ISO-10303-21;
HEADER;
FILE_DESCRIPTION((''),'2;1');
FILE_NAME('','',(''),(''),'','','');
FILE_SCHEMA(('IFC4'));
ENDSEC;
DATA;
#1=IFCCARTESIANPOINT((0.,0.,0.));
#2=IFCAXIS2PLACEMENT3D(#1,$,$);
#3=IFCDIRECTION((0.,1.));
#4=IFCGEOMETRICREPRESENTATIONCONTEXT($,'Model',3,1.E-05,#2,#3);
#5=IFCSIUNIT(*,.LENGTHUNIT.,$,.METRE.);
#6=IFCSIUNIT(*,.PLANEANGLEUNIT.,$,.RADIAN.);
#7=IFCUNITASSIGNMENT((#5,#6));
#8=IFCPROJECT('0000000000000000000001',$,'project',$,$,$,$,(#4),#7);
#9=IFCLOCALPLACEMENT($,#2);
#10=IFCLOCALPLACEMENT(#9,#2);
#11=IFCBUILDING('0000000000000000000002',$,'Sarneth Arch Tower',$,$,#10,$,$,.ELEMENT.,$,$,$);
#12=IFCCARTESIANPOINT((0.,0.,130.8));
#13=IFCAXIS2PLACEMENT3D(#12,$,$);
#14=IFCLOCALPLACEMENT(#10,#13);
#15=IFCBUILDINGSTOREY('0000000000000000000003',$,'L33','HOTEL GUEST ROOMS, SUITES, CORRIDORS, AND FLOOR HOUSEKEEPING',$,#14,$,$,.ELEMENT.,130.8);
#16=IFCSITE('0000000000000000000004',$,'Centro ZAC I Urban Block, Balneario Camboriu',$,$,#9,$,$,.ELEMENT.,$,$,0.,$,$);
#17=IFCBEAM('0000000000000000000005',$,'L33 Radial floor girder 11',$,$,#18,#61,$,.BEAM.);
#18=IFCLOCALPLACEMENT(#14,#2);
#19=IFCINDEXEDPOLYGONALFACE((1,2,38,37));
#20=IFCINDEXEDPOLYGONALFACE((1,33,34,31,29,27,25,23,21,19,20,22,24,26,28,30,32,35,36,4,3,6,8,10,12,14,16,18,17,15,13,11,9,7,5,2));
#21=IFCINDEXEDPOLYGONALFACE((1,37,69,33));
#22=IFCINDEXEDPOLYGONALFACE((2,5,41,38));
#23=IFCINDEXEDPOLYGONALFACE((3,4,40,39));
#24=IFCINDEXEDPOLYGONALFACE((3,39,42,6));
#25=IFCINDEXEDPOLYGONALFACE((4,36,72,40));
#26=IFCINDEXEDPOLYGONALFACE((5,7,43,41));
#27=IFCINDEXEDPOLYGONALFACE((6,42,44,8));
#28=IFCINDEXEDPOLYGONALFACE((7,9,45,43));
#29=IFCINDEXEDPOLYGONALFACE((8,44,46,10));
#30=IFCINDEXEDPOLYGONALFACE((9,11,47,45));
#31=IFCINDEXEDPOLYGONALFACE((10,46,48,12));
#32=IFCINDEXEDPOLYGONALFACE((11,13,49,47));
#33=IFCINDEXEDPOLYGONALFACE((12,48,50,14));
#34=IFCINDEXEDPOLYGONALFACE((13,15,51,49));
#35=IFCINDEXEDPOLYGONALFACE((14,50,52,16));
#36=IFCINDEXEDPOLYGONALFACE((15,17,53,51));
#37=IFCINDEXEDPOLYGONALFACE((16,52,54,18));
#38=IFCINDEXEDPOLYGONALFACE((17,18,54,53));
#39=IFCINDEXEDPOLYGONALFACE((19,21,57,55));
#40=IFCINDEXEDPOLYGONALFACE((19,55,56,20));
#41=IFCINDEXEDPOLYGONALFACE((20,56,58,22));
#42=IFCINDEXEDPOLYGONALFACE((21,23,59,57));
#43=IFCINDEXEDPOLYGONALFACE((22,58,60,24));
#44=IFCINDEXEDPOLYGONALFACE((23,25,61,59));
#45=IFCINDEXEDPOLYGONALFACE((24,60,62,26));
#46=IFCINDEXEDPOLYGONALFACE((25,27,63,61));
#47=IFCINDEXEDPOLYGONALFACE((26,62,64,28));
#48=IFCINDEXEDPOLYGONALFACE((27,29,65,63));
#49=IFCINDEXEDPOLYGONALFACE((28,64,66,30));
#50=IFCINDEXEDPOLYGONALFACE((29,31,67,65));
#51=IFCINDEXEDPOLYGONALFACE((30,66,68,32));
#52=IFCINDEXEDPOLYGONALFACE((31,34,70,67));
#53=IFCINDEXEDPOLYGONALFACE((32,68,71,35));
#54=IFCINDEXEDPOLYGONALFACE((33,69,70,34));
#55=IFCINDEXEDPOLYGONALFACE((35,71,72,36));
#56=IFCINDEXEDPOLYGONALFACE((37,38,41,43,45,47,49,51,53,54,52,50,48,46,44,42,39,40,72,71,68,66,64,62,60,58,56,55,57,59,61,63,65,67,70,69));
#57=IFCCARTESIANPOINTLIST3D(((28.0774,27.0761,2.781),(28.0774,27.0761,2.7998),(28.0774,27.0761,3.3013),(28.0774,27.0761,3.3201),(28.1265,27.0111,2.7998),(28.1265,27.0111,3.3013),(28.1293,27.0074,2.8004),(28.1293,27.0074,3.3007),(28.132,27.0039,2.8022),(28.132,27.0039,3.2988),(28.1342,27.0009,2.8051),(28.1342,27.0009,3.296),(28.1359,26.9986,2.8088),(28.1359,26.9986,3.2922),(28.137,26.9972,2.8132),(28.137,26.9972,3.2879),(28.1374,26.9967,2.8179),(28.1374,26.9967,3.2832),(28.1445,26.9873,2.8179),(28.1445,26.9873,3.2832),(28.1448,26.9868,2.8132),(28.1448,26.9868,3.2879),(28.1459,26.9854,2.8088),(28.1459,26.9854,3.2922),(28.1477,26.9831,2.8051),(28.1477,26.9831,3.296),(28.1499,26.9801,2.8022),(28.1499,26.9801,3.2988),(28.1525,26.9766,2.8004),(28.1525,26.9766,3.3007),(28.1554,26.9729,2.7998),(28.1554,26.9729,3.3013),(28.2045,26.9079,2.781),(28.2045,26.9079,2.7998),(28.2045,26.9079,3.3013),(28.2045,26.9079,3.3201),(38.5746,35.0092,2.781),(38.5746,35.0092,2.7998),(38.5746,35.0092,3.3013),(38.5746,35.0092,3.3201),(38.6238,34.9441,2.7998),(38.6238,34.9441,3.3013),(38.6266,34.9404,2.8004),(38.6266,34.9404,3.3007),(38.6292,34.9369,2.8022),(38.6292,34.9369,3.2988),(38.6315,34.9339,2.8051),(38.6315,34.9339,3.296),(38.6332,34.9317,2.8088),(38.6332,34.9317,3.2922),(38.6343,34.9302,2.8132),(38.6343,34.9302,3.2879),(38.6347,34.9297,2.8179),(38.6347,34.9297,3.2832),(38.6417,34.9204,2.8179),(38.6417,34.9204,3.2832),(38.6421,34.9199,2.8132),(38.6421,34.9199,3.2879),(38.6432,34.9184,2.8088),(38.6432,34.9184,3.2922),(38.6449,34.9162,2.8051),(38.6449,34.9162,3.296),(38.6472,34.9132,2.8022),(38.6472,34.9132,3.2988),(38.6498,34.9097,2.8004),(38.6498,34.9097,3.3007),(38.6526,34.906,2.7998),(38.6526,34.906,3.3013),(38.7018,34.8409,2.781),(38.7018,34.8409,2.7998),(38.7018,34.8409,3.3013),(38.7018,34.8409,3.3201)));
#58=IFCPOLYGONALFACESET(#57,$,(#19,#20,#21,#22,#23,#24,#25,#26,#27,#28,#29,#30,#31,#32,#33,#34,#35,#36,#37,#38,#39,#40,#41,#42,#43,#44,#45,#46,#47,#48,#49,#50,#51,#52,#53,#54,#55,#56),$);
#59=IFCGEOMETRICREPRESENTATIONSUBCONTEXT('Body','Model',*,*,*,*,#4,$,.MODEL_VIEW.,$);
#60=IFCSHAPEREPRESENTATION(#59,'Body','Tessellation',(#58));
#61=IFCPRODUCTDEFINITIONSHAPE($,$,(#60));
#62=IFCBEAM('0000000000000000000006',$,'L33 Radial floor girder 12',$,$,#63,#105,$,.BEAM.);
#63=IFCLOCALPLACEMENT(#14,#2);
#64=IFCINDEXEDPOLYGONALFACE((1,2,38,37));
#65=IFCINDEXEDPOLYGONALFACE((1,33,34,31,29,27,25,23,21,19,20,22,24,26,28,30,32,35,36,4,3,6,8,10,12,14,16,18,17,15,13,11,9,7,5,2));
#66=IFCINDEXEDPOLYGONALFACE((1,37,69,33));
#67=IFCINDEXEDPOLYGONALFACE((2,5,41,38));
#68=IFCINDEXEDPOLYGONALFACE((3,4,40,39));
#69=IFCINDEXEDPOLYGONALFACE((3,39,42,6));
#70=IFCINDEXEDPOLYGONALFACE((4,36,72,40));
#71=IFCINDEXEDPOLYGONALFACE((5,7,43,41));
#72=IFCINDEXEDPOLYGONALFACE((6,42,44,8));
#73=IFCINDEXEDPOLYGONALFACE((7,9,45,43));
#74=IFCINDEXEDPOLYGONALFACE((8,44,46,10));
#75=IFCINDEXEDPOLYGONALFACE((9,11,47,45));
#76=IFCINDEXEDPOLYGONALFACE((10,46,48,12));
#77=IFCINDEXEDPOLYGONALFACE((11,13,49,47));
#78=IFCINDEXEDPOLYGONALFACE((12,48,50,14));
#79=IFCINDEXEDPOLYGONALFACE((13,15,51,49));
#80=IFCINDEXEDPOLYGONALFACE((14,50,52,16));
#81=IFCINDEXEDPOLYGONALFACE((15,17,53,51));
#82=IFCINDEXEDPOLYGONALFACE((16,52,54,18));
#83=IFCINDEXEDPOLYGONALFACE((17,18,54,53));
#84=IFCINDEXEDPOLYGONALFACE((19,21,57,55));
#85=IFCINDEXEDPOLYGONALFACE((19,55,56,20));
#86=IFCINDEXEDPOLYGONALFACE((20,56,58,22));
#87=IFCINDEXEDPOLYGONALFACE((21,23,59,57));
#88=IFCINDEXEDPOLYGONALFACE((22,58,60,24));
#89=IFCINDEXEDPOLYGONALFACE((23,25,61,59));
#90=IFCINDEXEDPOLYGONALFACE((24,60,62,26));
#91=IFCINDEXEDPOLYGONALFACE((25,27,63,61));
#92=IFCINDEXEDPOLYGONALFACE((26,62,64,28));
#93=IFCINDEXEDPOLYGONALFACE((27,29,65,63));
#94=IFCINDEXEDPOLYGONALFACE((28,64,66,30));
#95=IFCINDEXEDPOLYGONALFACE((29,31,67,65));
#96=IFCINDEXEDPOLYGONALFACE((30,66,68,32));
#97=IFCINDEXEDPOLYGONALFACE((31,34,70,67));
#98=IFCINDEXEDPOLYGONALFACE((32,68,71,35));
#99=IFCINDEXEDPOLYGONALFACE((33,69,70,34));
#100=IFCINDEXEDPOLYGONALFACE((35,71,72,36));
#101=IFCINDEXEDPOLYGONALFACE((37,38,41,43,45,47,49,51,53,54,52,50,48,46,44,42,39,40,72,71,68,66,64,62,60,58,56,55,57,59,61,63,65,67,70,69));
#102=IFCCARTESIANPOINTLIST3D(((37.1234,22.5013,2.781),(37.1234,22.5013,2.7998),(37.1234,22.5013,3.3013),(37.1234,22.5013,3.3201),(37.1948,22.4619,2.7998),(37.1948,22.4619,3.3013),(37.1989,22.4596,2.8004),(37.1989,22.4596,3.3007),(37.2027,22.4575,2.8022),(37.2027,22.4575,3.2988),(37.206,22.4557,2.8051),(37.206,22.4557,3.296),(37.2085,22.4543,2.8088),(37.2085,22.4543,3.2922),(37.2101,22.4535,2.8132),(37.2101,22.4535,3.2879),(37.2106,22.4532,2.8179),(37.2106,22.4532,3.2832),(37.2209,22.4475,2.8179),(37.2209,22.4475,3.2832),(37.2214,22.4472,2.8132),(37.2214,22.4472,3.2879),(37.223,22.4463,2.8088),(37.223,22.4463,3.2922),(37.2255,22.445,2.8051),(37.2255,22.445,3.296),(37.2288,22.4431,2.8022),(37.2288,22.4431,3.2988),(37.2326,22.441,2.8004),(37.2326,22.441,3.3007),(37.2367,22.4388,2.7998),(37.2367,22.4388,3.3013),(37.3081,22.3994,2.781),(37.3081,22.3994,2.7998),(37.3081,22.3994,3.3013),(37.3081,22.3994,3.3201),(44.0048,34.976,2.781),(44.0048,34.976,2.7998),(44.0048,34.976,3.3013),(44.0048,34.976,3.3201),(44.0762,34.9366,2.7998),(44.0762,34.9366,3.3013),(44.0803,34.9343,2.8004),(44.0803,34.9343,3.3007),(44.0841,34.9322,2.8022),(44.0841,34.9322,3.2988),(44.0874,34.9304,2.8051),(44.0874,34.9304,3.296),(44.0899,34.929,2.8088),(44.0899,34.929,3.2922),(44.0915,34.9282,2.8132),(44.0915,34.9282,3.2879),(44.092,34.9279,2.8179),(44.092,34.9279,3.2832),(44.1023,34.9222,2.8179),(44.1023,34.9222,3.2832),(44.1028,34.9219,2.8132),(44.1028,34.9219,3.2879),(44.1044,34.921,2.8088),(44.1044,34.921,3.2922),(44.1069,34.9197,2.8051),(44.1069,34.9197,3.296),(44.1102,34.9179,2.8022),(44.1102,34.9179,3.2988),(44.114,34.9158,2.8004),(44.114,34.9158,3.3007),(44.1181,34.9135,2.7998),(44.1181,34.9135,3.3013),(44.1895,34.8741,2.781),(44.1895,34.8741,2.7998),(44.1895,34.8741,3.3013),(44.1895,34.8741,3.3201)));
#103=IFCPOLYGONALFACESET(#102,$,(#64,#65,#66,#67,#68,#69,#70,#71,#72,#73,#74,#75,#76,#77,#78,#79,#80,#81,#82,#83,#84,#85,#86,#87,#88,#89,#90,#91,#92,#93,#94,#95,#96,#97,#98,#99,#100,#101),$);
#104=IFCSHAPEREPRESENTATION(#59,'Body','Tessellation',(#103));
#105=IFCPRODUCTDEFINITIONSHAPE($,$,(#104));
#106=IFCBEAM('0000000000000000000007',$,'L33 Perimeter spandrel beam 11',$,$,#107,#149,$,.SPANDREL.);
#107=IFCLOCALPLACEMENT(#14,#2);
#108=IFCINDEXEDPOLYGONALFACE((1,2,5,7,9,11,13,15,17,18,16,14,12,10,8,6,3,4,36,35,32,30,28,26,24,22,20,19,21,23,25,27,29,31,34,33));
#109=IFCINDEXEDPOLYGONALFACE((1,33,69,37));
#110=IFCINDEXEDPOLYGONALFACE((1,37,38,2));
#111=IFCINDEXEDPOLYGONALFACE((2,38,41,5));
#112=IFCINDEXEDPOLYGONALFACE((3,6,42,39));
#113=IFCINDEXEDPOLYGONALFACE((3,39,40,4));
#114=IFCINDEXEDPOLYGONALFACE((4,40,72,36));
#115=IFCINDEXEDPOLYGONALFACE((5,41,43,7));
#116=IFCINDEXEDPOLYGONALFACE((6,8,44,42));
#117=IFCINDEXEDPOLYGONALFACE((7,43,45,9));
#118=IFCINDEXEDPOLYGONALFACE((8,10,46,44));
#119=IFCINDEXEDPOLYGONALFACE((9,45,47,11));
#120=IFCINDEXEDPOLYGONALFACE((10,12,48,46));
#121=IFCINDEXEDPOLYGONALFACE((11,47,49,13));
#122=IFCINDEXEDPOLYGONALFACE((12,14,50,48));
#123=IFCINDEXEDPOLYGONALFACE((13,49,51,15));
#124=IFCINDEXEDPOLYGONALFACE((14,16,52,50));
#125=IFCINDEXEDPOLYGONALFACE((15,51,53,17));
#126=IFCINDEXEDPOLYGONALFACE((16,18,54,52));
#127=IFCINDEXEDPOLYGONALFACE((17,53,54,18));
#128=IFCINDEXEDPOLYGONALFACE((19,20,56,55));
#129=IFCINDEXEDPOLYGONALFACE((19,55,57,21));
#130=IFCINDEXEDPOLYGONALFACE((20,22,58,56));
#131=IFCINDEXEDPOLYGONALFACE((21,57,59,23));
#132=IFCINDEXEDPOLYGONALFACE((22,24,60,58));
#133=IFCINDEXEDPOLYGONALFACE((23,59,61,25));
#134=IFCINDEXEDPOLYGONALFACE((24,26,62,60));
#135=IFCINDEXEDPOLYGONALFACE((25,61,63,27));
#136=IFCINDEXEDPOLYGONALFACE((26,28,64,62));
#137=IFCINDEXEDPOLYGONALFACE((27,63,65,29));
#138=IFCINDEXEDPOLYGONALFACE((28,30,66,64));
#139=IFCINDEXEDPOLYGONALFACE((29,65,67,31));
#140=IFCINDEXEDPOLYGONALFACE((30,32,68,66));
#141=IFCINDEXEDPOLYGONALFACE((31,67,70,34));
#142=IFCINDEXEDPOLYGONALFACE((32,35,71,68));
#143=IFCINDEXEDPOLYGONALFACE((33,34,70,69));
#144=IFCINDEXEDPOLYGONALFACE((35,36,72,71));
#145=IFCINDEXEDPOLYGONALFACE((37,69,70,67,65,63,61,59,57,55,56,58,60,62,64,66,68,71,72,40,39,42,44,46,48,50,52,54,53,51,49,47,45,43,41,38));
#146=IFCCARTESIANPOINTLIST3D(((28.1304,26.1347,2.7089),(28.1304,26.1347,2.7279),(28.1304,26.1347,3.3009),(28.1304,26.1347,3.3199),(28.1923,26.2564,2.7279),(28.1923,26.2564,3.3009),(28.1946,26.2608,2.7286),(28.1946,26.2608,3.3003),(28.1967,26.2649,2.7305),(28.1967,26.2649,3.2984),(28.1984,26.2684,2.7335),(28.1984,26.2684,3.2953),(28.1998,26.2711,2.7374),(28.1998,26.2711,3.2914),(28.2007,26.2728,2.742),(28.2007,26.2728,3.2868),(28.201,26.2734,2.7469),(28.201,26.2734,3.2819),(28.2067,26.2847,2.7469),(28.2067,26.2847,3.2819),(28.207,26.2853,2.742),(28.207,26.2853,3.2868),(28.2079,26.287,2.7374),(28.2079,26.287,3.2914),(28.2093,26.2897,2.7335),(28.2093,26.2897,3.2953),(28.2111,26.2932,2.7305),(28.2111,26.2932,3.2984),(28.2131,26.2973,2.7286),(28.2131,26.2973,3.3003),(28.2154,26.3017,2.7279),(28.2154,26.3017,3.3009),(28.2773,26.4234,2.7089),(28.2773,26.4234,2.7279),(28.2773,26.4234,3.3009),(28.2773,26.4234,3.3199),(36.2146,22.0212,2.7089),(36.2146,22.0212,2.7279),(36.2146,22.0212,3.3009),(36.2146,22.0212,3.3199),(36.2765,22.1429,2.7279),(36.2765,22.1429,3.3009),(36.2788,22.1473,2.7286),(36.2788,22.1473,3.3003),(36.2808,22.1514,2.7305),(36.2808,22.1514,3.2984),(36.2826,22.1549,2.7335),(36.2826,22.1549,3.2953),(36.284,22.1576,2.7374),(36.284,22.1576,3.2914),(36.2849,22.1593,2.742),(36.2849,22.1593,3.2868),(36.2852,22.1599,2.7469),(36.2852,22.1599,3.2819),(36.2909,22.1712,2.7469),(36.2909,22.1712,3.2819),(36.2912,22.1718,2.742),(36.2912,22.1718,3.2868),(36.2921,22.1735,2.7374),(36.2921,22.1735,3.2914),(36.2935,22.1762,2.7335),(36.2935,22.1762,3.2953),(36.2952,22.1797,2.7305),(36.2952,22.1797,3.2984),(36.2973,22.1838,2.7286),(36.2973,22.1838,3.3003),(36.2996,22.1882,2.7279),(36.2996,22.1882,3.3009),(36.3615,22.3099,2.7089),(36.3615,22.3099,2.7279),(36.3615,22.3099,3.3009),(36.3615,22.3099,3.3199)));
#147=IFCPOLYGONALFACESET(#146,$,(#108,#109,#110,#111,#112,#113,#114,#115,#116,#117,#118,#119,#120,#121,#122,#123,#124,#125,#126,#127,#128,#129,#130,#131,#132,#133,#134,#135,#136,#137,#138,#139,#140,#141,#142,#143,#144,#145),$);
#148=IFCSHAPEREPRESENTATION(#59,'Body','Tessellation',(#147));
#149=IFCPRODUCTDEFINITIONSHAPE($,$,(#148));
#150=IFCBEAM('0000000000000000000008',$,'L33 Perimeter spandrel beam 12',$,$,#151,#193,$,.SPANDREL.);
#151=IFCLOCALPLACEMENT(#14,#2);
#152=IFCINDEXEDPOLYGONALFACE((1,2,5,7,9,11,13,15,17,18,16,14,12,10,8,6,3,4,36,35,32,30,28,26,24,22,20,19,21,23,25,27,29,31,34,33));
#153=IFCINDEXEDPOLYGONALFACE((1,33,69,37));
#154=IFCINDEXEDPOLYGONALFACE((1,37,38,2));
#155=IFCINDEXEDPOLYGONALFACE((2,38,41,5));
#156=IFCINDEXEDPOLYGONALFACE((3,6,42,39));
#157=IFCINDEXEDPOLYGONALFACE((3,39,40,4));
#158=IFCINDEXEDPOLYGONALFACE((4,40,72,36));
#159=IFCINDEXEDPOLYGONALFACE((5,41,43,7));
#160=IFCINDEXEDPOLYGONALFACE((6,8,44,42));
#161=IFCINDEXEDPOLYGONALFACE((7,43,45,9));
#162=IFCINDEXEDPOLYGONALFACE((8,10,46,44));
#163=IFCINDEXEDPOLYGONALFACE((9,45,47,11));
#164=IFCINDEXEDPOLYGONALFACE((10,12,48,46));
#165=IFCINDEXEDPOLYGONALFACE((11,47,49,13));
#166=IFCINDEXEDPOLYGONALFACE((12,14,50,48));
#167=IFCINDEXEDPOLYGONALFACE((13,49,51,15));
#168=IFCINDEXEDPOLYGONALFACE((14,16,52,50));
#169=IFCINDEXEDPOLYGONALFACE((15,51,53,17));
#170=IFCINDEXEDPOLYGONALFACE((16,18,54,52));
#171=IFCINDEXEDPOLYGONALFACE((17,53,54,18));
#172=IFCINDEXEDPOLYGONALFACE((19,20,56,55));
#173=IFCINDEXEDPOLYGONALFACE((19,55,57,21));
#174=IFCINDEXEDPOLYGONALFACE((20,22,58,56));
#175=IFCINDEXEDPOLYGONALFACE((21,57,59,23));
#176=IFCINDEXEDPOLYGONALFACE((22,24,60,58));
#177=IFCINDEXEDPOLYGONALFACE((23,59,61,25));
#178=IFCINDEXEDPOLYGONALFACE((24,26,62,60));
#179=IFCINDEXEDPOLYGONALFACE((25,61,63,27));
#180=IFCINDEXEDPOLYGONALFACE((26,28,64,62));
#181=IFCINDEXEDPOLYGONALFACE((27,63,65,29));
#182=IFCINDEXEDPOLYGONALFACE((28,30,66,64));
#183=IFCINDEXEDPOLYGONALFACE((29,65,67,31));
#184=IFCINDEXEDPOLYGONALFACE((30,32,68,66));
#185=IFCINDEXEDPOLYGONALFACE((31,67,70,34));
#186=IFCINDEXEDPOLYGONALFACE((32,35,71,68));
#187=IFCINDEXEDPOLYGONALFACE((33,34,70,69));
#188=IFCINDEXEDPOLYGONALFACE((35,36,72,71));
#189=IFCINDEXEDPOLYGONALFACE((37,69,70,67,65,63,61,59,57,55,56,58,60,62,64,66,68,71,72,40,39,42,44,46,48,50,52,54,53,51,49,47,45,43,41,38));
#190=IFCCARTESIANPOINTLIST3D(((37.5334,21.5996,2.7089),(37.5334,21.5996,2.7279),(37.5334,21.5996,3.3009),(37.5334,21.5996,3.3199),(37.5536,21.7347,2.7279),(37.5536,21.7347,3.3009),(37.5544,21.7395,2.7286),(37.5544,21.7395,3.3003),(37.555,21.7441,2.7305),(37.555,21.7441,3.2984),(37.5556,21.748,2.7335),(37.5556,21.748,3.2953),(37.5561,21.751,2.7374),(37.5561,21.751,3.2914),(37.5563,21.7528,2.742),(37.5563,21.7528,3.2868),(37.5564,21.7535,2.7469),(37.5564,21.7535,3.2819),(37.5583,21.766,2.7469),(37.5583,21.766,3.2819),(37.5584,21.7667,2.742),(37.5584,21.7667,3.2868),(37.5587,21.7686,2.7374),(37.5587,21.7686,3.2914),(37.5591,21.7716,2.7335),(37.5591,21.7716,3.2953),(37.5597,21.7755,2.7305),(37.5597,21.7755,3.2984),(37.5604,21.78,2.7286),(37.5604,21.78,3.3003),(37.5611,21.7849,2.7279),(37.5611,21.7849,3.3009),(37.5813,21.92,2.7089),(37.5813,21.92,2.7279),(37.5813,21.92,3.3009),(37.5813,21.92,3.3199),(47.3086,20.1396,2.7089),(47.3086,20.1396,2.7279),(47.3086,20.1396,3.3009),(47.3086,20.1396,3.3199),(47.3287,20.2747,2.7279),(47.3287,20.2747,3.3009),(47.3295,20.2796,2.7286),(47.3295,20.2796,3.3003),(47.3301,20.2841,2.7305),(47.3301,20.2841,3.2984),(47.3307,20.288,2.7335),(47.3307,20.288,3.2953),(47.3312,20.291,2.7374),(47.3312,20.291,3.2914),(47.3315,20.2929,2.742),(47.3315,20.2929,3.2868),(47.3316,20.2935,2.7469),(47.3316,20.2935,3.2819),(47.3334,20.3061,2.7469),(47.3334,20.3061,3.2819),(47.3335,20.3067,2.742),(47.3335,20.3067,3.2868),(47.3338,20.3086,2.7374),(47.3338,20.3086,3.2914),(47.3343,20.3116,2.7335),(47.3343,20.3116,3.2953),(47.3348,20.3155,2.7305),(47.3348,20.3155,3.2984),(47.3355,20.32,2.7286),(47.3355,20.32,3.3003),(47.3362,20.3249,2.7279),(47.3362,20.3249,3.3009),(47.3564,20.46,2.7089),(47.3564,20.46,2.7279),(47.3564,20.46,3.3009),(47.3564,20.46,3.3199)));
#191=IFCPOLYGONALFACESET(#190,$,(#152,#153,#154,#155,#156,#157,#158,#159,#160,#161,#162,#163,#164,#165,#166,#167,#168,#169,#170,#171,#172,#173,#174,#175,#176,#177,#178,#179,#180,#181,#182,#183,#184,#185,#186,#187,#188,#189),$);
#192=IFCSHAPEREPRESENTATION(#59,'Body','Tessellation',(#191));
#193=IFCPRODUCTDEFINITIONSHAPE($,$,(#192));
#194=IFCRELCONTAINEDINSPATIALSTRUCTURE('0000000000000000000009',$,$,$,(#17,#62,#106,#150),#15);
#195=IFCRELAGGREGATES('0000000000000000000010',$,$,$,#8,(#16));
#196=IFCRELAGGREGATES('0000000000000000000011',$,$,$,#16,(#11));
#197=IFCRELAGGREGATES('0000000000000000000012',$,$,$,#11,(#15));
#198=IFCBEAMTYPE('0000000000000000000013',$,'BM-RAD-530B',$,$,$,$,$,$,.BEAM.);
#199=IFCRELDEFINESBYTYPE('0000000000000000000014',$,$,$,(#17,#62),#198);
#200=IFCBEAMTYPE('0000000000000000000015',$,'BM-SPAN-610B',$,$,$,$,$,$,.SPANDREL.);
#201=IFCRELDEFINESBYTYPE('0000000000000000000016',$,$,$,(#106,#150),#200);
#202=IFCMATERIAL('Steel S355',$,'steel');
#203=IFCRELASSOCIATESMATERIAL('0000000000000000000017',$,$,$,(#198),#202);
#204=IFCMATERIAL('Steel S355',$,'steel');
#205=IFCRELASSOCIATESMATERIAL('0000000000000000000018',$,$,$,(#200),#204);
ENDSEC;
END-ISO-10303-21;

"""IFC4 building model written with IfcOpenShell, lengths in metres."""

from ifc_helpers import new_model, si_unit, direction, frame, origin, origin_2d, place, context, subcontext, project, spatial, i_section, extrude, material, material_profile, profile_set, type_object, element, save


model = new_model("IFC4")

# Units and contexts
model_context = context("Model", 3, precision=1e-05, world=origin(), true_north=direction((0.0, 1.0)))
body_context = subcontext(model_context, "Body", "Model", "MODEL_VIEW")
ifc_project = project(units=[si_unit("LENGTHUNIT", "METRE"), si_unit("PLANEANGLEUNIT", "RADIAN")], contexts=[model_context])

# Site, building, storey
site_placement = place(None, origin())
site = spatial("IfcSite", under=ifc_project, at=site_placement, Name="Centro ZAC I Urban Block, Balneario Camboriu", CompositionType="ELEMENT", RefElevation=0.0)
building_placement = place(site_placement, origin())
building = spatial("IfcBuilding", under=site, at=building_placement, Name="Sarneth Arch Tower", CompositionType="ELEMENT")
storey_placement = place(building_placement, frame((0.0, 0.0, 130.8)))
storey = spatial("IfcBuildingStorey", under=building, at=storey_placement, Name="L33", Description="HOTEL GUEST ROOMS, SUITES, CORRIDORS, AND FLOOR HOUSEKEEPING", CompositionType="ELEMENT", Elevation=130.8)

# Beams
ifc_material_1 = material(Name="Steel S355", Category="steel")
ifc_material_profile_1 = material_profile(ifc_material_1, i_section(OverallWidth=0.2109, OverallDepth=0.5391, WebThickness=0.0117, FlangeThickness=0.0188, FilletRadius=0.0181, at=origin_2d()), Name="W530x109")
ifc_profile_set_1 = profile_set([ifc_material_profile_1], Name="Steel S355")
beam_type_1 = type_object("IfcBeamType", Name="BM-RAD-530B", PredefinedType="BEAM", material=ifc_profile_set_1)
beam_1_placement = place(storey_placement, frame((38.6382, 34.925, 3.0505), z_axis=(-0.797801, -0.60292, 0.0), x_axis=(0.60292, -0.797801, 0.0)))
element("IfcBeam", 1, at=beam_1_placement, inside=storey, type_object=beam_type_1, Name="L33 Radial floor girder 11", PredefinedType="BEAM", context=body_context, shape_type="SweptSolid", body=[
    extrude(i_section(OverallWidth=0.2109, OverallDepth=0.5391, WebThickness=0.0117, FlangeThickness=0.0188, FilletRadius=0.0181, at=origin_2d()), origin(), (0.0, 0.0, 1.0), 13.1577),
])
beam_2_placement = place(storey_placement, frame((44.0972, 34.925, 3.0505), z_axis=(-0.483013, -0.875613, 0.0), x_axis=(0.875613, -0.483013, 0.0)))
element("IfcBeam", 2, at=beam_2_placement, inside=storey, type_object=beam_type_1, Name="L33 Radial floor girder 12", PredefinedType="BEAM", context=body_context, shape_type="SweptSolid", body=[
    extrude(i_section(OverallWidth=0.2109, OverallDepth=0.5391, WebThickness=0.0117, FlangeThickness=0.0188, FilletRadius=0.0181, at=origin_2d()), origin(), (0.0, 0.0, 1.0), 14.2468),
])
ifc_material_2 = material(Name="Steel S355", Category="steel")
ifc_material_profile_2 = material_profile(ifc_material_2, i_section(OverallWidth=0.324, OverallDepth=0.6111, WebThickness=0.0127, FlangeThickness=0.019, FilletRadius=0.019, at=origin_2d()), Name="W610x155")
ifc_profile_set_2 = profile_set([ifc_material_profile_2], Name="Steel S355")
beam_type_2 = type_object("IfcBeamType", Name="BM-SPAN-610B", PredefinedType="SPANDREL", material=ifc_profile_set_2)
beam_3_placement = place(storey_placement, frame((28.2039, 26.2791, 3.0144), z_axis=(0.891256, -0.453501, 0.0), x_axis=(0.453501, 0.891256, 0.0)))
element("IfcBeam", 3, at=beam_3_placement, inside=storey, type_object=beam_type_2, Name="L33 Perimeter spandrel beam 11", PredefinedType="SPANDREL", context=body_context, shape_type="SweptSolid", body=[
    extrude(i_section(OverallWidth=0.324, OverallDepth=0.6111, WebThickness=0.0127, FlangeThickness=0.019, FilletRadius=0.019, at=origin_2d()), origin(), (0.0, 0.0, 1.0), 9.0706),
])
beam_4_placement = place(storey_placement, frame((37.5574, 21.7598, 3.0144), z_axis=(0.98903, -0.147716, 0.0), x_axis=(0.147716, 0.98903, 0.0)))
element("IfcBeam", 4, at=beam_4_placement, inside=storey, type_object=beam_type_2, Name="L33 Perimeter spandrel beam 12", PredefinedType="SPANDREL", context=body_context, shape_type="SweptSolid", body=[
    extrude(i_section(OverallWidth=0.324, OverallDepth=0.6111, WebThickness=0.0127, FlangeThickness=0.019, FilletRadius=0.019, at=origin_2d()), origin(), (0.0, 0.0, 1.0), 9.8835),
])

save(model, "model.ifc")
